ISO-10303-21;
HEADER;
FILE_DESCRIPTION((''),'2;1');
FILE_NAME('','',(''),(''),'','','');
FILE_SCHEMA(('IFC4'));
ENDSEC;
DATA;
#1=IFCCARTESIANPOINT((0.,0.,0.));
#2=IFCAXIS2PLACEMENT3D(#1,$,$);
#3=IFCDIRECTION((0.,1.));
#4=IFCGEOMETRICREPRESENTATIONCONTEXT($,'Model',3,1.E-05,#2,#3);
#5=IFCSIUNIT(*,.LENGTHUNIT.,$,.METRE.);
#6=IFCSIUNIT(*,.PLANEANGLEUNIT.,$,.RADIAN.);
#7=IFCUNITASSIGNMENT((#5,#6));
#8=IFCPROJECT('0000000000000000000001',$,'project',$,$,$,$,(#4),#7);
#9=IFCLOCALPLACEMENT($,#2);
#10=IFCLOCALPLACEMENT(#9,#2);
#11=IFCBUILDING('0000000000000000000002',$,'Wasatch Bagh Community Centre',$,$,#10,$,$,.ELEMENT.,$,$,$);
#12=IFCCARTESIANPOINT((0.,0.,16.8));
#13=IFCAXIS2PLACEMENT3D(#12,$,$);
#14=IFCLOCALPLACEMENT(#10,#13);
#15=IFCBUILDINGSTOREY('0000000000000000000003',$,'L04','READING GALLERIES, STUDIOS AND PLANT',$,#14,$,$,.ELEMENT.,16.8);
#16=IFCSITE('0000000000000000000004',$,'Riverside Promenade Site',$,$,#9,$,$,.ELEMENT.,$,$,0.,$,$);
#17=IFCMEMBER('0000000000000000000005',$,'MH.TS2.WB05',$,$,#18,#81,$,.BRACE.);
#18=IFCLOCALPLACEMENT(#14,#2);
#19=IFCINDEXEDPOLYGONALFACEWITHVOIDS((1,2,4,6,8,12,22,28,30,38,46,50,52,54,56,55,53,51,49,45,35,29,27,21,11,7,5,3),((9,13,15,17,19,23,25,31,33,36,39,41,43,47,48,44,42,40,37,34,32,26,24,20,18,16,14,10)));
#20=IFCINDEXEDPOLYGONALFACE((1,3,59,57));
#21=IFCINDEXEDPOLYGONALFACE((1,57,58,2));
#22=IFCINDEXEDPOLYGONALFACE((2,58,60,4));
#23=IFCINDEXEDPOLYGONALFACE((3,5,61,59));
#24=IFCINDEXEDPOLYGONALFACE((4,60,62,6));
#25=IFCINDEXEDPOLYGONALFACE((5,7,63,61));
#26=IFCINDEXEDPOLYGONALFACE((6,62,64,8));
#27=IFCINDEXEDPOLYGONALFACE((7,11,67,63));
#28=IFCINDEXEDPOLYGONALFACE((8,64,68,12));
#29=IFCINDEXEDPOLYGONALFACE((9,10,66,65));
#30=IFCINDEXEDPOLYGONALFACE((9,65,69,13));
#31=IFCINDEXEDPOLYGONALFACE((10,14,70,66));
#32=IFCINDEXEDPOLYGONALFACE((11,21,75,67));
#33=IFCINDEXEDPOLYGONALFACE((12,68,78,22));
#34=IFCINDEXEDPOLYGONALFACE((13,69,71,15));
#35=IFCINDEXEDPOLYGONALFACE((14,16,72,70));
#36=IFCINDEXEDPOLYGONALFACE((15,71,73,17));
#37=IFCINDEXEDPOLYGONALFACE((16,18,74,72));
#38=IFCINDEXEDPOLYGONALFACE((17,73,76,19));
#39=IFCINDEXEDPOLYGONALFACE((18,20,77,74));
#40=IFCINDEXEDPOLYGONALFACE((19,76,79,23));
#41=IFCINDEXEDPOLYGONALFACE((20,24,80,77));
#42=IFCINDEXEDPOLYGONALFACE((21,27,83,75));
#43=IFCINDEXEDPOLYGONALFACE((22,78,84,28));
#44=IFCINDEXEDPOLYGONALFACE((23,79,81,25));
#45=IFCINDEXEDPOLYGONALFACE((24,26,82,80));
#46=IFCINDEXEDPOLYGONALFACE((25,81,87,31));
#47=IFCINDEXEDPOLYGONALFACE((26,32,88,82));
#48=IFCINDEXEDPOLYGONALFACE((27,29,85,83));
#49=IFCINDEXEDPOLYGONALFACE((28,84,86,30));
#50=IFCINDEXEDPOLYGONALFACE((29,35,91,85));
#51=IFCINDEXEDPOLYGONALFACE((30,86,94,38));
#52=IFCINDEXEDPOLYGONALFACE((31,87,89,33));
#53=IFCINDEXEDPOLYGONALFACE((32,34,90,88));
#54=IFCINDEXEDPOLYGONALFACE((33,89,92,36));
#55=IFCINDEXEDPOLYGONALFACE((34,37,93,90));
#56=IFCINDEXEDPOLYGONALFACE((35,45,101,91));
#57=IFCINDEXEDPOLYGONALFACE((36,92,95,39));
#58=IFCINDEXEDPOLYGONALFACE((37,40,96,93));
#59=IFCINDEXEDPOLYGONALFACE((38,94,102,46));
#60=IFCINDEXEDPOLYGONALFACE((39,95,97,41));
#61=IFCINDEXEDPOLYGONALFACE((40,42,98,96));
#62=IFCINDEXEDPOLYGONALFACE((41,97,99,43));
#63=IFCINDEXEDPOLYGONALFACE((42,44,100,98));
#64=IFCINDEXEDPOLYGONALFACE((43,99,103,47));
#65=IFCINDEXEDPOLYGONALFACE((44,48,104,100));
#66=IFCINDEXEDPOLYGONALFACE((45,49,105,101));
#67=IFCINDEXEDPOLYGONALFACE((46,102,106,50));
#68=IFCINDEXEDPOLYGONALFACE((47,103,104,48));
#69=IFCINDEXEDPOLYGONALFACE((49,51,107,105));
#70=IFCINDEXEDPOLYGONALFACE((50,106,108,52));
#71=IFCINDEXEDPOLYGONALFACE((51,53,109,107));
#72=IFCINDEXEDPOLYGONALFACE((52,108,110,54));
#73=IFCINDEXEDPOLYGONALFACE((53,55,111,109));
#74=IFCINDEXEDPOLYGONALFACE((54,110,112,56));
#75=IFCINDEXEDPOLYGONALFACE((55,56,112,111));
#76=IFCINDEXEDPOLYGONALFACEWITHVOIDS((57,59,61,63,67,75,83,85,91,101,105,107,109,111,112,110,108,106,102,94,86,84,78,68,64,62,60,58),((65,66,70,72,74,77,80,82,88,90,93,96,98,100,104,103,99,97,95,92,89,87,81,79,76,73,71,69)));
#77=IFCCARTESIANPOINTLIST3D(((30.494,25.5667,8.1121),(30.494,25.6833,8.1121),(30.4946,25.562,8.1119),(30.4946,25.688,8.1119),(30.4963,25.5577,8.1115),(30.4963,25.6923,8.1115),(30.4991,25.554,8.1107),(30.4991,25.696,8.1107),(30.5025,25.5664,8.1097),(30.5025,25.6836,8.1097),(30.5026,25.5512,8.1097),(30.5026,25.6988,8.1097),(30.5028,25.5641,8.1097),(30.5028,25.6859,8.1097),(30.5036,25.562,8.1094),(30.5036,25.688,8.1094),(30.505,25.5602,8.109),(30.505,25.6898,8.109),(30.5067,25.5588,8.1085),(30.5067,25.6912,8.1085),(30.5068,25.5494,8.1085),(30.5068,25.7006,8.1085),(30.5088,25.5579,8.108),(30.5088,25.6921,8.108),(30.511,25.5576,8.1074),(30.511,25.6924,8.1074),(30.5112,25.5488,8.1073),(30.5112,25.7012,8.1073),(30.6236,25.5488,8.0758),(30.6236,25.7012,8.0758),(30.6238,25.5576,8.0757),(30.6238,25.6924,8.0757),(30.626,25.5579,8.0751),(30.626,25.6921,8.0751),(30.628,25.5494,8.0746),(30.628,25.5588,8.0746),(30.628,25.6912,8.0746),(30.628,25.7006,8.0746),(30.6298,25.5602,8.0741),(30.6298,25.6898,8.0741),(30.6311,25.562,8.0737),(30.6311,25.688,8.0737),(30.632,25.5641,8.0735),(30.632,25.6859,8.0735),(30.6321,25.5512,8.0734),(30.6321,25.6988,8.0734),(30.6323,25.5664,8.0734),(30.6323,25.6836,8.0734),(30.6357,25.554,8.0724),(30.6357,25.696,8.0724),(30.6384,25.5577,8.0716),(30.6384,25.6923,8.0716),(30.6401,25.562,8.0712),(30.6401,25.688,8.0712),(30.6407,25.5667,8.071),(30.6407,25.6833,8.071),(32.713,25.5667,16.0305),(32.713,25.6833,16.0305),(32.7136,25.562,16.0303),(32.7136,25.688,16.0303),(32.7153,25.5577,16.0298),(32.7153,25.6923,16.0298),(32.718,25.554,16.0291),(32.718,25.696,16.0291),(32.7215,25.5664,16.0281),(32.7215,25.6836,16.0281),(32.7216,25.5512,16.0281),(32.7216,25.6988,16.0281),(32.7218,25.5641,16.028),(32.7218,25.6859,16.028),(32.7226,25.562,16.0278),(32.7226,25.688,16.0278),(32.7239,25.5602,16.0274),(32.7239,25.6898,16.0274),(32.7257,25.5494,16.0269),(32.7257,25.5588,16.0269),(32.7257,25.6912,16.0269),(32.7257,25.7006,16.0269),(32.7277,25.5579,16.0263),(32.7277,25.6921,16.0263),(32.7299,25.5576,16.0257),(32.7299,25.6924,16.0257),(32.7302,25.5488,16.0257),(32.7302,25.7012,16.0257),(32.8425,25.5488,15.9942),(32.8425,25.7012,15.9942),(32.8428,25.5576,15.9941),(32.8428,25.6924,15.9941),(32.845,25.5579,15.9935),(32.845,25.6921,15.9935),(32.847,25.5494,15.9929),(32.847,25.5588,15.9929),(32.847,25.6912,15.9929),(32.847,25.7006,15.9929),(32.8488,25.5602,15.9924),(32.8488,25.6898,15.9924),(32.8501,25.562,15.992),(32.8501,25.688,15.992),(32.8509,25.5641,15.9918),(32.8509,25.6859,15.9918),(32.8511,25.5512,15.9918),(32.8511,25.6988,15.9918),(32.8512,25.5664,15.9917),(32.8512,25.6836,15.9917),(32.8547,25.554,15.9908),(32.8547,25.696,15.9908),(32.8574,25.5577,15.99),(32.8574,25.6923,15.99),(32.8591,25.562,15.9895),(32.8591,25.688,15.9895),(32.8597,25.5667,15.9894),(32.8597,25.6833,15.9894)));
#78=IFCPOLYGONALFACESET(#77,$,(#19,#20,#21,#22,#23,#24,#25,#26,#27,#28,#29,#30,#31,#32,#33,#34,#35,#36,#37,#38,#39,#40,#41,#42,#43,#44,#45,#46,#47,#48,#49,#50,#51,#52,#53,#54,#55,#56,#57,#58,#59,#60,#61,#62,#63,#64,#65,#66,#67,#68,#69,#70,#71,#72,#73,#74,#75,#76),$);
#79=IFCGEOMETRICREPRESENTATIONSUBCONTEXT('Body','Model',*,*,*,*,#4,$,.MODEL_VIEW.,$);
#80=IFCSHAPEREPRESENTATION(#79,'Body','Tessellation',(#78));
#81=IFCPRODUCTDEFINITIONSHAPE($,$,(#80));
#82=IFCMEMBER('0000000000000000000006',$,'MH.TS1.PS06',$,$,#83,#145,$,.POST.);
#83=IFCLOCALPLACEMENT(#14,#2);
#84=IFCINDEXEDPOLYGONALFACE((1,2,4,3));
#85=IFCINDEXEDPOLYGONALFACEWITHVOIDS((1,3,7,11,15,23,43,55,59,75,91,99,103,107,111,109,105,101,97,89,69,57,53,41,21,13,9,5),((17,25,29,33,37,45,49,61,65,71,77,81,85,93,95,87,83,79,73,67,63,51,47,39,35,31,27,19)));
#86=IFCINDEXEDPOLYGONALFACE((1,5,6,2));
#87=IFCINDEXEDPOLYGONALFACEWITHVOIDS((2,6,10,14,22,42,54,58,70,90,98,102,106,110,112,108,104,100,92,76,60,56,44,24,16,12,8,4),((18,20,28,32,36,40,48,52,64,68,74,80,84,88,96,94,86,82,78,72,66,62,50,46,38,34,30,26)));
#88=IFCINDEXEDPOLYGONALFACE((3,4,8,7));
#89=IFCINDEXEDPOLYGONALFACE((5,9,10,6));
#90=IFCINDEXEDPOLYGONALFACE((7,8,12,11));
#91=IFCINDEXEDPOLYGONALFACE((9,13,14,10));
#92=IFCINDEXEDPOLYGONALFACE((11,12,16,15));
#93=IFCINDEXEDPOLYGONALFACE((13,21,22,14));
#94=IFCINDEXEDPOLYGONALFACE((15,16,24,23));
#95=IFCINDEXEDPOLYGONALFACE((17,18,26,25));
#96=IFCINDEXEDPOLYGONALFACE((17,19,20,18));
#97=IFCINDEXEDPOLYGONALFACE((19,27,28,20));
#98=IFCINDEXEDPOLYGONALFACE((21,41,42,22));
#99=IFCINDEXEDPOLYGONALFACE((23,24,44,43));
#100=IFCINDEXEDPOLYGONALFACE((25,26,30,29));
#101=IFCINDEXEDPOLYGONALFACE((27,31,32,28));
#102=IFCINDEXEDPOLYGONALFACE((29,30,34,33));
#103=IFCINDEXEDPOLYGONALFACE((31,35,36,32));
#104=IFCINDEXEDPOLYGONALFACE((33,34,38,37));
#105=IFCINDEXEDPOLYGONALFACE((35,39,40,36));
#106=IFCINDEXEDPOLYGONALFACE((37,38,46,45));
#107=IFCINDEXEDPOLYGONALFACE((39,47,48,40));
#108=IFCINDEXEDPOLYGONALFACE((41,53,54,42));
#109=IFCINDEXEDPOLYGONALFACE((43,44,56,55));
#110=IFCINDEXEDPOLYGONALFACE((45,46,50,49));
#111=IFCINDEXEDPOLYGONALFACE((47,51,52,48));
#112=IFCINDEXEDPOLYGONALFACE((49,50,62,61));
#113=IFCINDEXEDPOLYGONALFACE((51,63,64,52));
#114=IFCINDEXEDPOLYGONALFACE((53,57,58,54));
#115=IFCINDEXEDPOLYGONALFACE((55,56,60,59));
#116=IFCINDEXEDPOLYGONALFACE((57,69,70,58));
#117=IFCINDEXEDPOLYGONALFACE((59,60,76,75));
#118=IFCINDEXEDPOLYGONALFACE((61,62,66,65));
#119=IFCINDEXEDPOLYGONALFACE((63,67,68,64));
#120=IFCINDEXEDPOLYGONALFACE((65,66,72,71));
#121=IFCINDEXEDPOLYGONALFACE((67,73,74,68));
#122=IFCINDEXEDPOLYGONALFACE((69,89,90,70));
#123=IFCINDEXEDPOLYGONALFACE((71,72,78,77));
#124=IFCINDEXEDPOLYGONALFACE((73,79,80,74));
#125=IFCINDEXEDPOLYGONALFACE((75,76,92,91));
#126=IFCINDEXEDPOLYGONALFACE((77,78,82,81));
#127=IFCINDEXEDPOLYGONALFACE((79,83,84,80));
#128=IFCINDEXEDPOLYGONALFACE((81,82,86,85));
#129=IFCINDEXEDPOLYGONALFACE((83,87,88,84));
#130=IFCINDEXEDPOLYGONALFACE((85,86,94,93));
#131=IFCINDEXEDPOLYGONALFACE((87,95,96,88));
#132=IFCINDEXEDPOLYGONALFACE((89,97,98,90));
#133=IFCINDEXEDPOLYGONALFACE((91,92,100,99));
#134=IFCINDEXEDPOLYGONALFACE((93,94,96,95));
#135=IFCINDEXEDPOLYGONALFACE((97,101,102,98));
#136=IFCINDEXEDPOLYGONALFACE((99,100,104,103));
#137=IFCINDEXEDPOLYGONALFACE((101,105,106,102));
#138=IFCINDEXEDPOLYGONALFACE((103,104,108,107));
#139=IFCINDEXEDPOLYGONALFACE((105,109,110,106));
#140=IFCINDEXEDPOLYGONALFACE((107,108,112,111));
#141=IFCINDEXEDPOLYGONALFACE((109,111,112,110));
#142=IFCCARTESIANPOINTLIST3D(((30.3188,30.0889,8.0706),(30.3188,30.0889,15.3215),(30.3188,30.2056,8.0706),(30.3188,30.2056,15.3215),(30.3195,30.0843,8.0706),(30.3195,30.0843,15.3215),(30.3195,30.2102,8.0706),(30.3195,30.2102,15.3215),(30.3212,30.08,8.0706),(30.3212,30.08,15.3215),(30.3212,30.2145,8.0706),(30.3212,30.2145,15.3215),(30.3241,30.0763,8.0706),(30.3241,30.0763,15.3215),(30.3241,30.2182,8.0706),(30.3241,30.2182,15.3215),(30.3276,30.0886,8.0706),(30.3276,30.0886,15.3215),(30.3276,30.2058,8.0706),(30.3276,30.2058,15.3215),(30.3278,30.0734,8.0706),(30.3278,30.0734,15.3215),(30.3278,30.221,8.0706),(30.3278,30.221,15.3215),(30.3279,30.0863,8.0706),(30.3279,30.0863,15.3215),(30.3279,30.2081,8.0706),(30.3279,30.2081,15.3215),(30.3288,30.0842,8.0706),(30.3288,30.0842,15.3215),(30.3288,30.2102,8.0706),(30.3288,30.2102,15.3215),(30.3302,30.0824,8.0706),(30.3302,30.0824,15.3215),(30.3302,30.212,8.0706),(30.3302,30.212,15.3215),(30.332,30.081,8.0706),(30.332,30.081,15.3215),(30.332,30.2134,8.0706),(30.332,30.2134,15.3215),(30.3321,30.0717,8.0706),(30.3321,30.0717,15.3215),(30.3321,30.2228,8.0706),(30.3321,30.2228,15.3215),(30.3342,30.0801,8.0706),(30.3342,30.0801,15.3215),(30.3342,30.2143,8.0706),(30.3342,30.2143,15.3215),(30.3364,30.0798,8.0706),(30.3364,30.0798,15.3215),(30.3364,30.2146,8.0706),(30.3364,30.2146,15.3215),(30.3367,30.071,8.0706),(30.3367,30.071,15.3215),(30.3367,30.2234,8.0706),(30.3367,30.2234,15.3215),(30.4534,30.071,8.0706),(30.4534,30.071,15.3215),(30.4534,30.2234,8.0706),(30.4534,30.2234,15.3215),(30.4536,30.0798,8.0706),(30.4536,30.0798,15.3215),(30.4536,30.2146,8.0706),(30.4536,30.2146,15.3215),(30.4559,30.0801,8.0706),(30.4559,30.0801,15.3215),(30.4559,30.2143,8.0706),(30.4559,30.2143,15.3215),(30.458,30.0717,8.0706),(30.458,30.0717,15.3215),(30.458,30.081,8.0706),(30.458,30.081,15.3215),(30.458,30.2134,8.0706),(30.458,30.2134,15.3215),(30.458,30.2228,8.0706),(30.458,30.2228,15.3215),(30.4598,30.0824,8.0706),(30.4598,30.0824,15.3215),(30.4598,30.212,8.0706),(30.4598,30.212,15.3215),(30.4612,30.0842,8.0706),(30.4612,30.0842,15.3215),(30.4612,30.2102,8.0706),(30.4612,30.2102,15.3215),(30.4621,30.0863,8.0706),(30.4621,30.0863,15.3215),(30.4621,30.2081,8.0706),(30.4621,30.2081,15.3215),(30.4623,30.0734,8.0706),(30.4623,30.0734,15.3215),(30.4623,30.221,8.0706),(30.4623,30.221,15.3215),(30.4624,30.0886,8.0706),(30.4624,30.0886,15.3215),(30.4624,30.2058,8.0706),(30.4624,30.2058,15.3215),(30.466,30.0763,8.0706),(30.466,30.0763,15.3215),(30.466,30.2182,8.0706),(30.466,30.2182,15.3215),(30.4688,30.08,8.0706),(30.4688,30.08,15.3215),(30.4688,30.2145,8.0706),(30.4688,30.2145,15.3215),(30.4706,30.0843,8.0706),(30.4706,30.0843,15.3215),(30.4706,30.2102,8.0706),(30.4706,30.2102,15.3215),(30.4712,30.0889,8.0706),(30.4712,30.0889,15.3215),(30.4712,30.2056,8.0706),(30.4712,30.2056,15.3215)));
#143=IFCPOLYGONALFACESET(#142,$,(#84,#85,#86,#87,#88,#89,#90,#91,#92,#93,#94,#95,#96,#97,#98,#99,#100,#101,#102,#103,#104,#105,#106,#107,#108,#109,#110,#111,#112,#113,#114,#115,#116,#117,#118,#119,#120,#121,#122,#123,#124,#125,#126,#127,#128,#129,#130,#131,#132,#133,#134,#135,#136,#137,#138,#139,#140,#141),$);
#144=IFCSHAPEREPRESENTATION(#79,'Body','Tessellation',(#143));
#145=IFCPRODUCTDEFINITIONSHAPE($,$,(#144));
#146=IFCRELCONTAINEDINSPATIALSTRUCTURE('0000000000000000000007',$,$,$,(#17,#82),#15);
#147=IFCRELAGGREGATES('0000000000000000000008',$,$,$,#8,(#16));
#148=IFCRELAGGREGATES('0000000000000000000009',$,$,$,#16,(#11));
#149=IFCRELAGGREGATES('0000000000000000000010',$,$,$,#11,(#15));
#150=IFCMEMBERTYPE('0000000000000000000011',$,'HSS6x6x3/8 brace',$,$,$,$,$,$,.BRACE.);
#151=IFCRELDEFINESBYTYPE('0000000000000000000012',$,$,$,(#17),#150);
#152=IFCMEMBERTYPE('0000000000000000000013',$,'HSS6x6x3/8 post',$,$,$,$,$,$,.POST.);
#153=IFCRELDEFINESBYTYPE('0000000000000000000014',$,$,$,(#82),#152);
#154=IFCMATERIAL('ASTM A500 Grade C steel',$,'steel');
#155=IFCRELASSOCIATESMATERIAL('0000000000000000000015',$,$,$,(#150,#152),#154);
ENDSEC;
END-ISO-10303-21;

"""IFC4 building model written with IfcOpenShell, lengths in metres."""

from ifc_helpers import new_model, si_unit, direction, frame, origin, origin_2d, place, context, subcontext, project, spatial, hollow_rectangle, extrude, material, material_profile, profile_set, type_object, element, save


model = new_model("IFC4")

# Units and contexts
model_context = context("Model", 3, precision=1e-05, world=origin(), true_north=direction((0.0, 1.0)))
body_context = subcontext(model_context, "Body", "Model", "MODEL_VIEW")
ifc_project = project(units=[si_unit("LENGTHUNIT", "METRE"), si_unit("PLANEANGLEUNIT", "RADIAN")], contexts=[model_context])

# Site, building, storey
site_placement = place(None, origin())
site = spatial("IfcSite", under=ifc_project, at=site_placement, Name="Riverside Promenade Site", CompositionType="ELEMENT", RefElevation=0.0)
building_placement = place(site_placement, origin())
building = spatial("IfcBuilding", under=site, at=building_placement, Name="Wasatch Bagh Community Centre", CompositionType="ELEMENT")
storey_placement = place(building_placement, frame((0.0, 0.0, 16.8)))
storey = spatial("IfcBuildingStorey", under=building, at=storey_placement, Name="L04", Description="READING GALLERIES, STUDIOS AND PLANT", CompositionType="ELEMENT", Elevation=16.8)

# Members
ifc_material_1 = material(Name="ASTM A500 Grade C steel", Category="steel")
ifc_material_profile_1 = material_profile(ifc_material_1, hollow_rectangle(XDim=0.1523, YDim=0.1523, WallThickness=0.0088, InnerFilletRadius=0.0088, OuterFilletRadius=0.0178, at=origin_2d()), Name="HSS6x6x3/8")
ifc_profile_set_1 = profile_set([ifc_material_profile_1], Name="ASTM A500 Grade C steel")
member_type_1 = type_object("IfcMemberType", Name="HSS6x6x3/8 brace", PredefinedType="BRACE", material=ifc_profile_set_1)
member_1_placement = place(storey_placement, frame((30.5674, 25.625, 8.0916), z_axis=(0.269836, 0.0, 0.962906), x_axis=(0.0, 1.0, 0.0)))
element("IfcMember", 1, at=member_1_placement, inside=storey, type_object=member_type_1, Name="MH.TS2.WB05", PredefinedType="BRACE", context=body_context, shape_type="SweptSolid", body=[
    extrude(hollow_rectangle(XDim=0.1523, YDim=0.1523, WallThickness=0.0088, InnerFilletRadius=0.0088, OuterFilletRadius=0.0178, at=origin_2d()), origin(), (0.0, 0.0, 1.0), 8.2234),
])
ifc_material_profile_2 = material_profile(ifc_material_1, hollow_rectangle(XDim=0.1523, YDim=0.1523, WallThickness=0.0088, InnerFilletRadius=0.0088, OuterFilletRadius=0.0178, at=origin_2d()), Name="HSS6x6x3/8")
ifc_profile_set_2 = profile_set([ifc_material_profile_2], Name="ASTM A500 Grade C steel")
member_type_2 = type_object("IfcMemberType", Name="HSS6x6x3/8 post", PredefinedType="POST", material=ifc_profile_set_2)
member_2_placement = place(storey_placement, frame((30.395, 30.1472, 8.0706), z_axis=(0.0, 0.0, 1.0), x_axis=(1.0, 0.0, 0.0)))
element("IfcMember", 2, at=member_2_placement, inside=storey, type_object=member_type_2, Name="MH.TS1.PS06", PredefinedType="POST", context=body_context, shape_type="SweptSolid", body=[
    extrude(hollow_rectangle(XDim=0.1523, YDim=0.1523, WallThickness=0.0088, InnerFilletRadius=0.0088, OuterFilletRadius=0.0178, at=origin_2d()), origin(), (0.0, 0.0, 1.0), 7.251),
])

save(model, "model.ifc")
